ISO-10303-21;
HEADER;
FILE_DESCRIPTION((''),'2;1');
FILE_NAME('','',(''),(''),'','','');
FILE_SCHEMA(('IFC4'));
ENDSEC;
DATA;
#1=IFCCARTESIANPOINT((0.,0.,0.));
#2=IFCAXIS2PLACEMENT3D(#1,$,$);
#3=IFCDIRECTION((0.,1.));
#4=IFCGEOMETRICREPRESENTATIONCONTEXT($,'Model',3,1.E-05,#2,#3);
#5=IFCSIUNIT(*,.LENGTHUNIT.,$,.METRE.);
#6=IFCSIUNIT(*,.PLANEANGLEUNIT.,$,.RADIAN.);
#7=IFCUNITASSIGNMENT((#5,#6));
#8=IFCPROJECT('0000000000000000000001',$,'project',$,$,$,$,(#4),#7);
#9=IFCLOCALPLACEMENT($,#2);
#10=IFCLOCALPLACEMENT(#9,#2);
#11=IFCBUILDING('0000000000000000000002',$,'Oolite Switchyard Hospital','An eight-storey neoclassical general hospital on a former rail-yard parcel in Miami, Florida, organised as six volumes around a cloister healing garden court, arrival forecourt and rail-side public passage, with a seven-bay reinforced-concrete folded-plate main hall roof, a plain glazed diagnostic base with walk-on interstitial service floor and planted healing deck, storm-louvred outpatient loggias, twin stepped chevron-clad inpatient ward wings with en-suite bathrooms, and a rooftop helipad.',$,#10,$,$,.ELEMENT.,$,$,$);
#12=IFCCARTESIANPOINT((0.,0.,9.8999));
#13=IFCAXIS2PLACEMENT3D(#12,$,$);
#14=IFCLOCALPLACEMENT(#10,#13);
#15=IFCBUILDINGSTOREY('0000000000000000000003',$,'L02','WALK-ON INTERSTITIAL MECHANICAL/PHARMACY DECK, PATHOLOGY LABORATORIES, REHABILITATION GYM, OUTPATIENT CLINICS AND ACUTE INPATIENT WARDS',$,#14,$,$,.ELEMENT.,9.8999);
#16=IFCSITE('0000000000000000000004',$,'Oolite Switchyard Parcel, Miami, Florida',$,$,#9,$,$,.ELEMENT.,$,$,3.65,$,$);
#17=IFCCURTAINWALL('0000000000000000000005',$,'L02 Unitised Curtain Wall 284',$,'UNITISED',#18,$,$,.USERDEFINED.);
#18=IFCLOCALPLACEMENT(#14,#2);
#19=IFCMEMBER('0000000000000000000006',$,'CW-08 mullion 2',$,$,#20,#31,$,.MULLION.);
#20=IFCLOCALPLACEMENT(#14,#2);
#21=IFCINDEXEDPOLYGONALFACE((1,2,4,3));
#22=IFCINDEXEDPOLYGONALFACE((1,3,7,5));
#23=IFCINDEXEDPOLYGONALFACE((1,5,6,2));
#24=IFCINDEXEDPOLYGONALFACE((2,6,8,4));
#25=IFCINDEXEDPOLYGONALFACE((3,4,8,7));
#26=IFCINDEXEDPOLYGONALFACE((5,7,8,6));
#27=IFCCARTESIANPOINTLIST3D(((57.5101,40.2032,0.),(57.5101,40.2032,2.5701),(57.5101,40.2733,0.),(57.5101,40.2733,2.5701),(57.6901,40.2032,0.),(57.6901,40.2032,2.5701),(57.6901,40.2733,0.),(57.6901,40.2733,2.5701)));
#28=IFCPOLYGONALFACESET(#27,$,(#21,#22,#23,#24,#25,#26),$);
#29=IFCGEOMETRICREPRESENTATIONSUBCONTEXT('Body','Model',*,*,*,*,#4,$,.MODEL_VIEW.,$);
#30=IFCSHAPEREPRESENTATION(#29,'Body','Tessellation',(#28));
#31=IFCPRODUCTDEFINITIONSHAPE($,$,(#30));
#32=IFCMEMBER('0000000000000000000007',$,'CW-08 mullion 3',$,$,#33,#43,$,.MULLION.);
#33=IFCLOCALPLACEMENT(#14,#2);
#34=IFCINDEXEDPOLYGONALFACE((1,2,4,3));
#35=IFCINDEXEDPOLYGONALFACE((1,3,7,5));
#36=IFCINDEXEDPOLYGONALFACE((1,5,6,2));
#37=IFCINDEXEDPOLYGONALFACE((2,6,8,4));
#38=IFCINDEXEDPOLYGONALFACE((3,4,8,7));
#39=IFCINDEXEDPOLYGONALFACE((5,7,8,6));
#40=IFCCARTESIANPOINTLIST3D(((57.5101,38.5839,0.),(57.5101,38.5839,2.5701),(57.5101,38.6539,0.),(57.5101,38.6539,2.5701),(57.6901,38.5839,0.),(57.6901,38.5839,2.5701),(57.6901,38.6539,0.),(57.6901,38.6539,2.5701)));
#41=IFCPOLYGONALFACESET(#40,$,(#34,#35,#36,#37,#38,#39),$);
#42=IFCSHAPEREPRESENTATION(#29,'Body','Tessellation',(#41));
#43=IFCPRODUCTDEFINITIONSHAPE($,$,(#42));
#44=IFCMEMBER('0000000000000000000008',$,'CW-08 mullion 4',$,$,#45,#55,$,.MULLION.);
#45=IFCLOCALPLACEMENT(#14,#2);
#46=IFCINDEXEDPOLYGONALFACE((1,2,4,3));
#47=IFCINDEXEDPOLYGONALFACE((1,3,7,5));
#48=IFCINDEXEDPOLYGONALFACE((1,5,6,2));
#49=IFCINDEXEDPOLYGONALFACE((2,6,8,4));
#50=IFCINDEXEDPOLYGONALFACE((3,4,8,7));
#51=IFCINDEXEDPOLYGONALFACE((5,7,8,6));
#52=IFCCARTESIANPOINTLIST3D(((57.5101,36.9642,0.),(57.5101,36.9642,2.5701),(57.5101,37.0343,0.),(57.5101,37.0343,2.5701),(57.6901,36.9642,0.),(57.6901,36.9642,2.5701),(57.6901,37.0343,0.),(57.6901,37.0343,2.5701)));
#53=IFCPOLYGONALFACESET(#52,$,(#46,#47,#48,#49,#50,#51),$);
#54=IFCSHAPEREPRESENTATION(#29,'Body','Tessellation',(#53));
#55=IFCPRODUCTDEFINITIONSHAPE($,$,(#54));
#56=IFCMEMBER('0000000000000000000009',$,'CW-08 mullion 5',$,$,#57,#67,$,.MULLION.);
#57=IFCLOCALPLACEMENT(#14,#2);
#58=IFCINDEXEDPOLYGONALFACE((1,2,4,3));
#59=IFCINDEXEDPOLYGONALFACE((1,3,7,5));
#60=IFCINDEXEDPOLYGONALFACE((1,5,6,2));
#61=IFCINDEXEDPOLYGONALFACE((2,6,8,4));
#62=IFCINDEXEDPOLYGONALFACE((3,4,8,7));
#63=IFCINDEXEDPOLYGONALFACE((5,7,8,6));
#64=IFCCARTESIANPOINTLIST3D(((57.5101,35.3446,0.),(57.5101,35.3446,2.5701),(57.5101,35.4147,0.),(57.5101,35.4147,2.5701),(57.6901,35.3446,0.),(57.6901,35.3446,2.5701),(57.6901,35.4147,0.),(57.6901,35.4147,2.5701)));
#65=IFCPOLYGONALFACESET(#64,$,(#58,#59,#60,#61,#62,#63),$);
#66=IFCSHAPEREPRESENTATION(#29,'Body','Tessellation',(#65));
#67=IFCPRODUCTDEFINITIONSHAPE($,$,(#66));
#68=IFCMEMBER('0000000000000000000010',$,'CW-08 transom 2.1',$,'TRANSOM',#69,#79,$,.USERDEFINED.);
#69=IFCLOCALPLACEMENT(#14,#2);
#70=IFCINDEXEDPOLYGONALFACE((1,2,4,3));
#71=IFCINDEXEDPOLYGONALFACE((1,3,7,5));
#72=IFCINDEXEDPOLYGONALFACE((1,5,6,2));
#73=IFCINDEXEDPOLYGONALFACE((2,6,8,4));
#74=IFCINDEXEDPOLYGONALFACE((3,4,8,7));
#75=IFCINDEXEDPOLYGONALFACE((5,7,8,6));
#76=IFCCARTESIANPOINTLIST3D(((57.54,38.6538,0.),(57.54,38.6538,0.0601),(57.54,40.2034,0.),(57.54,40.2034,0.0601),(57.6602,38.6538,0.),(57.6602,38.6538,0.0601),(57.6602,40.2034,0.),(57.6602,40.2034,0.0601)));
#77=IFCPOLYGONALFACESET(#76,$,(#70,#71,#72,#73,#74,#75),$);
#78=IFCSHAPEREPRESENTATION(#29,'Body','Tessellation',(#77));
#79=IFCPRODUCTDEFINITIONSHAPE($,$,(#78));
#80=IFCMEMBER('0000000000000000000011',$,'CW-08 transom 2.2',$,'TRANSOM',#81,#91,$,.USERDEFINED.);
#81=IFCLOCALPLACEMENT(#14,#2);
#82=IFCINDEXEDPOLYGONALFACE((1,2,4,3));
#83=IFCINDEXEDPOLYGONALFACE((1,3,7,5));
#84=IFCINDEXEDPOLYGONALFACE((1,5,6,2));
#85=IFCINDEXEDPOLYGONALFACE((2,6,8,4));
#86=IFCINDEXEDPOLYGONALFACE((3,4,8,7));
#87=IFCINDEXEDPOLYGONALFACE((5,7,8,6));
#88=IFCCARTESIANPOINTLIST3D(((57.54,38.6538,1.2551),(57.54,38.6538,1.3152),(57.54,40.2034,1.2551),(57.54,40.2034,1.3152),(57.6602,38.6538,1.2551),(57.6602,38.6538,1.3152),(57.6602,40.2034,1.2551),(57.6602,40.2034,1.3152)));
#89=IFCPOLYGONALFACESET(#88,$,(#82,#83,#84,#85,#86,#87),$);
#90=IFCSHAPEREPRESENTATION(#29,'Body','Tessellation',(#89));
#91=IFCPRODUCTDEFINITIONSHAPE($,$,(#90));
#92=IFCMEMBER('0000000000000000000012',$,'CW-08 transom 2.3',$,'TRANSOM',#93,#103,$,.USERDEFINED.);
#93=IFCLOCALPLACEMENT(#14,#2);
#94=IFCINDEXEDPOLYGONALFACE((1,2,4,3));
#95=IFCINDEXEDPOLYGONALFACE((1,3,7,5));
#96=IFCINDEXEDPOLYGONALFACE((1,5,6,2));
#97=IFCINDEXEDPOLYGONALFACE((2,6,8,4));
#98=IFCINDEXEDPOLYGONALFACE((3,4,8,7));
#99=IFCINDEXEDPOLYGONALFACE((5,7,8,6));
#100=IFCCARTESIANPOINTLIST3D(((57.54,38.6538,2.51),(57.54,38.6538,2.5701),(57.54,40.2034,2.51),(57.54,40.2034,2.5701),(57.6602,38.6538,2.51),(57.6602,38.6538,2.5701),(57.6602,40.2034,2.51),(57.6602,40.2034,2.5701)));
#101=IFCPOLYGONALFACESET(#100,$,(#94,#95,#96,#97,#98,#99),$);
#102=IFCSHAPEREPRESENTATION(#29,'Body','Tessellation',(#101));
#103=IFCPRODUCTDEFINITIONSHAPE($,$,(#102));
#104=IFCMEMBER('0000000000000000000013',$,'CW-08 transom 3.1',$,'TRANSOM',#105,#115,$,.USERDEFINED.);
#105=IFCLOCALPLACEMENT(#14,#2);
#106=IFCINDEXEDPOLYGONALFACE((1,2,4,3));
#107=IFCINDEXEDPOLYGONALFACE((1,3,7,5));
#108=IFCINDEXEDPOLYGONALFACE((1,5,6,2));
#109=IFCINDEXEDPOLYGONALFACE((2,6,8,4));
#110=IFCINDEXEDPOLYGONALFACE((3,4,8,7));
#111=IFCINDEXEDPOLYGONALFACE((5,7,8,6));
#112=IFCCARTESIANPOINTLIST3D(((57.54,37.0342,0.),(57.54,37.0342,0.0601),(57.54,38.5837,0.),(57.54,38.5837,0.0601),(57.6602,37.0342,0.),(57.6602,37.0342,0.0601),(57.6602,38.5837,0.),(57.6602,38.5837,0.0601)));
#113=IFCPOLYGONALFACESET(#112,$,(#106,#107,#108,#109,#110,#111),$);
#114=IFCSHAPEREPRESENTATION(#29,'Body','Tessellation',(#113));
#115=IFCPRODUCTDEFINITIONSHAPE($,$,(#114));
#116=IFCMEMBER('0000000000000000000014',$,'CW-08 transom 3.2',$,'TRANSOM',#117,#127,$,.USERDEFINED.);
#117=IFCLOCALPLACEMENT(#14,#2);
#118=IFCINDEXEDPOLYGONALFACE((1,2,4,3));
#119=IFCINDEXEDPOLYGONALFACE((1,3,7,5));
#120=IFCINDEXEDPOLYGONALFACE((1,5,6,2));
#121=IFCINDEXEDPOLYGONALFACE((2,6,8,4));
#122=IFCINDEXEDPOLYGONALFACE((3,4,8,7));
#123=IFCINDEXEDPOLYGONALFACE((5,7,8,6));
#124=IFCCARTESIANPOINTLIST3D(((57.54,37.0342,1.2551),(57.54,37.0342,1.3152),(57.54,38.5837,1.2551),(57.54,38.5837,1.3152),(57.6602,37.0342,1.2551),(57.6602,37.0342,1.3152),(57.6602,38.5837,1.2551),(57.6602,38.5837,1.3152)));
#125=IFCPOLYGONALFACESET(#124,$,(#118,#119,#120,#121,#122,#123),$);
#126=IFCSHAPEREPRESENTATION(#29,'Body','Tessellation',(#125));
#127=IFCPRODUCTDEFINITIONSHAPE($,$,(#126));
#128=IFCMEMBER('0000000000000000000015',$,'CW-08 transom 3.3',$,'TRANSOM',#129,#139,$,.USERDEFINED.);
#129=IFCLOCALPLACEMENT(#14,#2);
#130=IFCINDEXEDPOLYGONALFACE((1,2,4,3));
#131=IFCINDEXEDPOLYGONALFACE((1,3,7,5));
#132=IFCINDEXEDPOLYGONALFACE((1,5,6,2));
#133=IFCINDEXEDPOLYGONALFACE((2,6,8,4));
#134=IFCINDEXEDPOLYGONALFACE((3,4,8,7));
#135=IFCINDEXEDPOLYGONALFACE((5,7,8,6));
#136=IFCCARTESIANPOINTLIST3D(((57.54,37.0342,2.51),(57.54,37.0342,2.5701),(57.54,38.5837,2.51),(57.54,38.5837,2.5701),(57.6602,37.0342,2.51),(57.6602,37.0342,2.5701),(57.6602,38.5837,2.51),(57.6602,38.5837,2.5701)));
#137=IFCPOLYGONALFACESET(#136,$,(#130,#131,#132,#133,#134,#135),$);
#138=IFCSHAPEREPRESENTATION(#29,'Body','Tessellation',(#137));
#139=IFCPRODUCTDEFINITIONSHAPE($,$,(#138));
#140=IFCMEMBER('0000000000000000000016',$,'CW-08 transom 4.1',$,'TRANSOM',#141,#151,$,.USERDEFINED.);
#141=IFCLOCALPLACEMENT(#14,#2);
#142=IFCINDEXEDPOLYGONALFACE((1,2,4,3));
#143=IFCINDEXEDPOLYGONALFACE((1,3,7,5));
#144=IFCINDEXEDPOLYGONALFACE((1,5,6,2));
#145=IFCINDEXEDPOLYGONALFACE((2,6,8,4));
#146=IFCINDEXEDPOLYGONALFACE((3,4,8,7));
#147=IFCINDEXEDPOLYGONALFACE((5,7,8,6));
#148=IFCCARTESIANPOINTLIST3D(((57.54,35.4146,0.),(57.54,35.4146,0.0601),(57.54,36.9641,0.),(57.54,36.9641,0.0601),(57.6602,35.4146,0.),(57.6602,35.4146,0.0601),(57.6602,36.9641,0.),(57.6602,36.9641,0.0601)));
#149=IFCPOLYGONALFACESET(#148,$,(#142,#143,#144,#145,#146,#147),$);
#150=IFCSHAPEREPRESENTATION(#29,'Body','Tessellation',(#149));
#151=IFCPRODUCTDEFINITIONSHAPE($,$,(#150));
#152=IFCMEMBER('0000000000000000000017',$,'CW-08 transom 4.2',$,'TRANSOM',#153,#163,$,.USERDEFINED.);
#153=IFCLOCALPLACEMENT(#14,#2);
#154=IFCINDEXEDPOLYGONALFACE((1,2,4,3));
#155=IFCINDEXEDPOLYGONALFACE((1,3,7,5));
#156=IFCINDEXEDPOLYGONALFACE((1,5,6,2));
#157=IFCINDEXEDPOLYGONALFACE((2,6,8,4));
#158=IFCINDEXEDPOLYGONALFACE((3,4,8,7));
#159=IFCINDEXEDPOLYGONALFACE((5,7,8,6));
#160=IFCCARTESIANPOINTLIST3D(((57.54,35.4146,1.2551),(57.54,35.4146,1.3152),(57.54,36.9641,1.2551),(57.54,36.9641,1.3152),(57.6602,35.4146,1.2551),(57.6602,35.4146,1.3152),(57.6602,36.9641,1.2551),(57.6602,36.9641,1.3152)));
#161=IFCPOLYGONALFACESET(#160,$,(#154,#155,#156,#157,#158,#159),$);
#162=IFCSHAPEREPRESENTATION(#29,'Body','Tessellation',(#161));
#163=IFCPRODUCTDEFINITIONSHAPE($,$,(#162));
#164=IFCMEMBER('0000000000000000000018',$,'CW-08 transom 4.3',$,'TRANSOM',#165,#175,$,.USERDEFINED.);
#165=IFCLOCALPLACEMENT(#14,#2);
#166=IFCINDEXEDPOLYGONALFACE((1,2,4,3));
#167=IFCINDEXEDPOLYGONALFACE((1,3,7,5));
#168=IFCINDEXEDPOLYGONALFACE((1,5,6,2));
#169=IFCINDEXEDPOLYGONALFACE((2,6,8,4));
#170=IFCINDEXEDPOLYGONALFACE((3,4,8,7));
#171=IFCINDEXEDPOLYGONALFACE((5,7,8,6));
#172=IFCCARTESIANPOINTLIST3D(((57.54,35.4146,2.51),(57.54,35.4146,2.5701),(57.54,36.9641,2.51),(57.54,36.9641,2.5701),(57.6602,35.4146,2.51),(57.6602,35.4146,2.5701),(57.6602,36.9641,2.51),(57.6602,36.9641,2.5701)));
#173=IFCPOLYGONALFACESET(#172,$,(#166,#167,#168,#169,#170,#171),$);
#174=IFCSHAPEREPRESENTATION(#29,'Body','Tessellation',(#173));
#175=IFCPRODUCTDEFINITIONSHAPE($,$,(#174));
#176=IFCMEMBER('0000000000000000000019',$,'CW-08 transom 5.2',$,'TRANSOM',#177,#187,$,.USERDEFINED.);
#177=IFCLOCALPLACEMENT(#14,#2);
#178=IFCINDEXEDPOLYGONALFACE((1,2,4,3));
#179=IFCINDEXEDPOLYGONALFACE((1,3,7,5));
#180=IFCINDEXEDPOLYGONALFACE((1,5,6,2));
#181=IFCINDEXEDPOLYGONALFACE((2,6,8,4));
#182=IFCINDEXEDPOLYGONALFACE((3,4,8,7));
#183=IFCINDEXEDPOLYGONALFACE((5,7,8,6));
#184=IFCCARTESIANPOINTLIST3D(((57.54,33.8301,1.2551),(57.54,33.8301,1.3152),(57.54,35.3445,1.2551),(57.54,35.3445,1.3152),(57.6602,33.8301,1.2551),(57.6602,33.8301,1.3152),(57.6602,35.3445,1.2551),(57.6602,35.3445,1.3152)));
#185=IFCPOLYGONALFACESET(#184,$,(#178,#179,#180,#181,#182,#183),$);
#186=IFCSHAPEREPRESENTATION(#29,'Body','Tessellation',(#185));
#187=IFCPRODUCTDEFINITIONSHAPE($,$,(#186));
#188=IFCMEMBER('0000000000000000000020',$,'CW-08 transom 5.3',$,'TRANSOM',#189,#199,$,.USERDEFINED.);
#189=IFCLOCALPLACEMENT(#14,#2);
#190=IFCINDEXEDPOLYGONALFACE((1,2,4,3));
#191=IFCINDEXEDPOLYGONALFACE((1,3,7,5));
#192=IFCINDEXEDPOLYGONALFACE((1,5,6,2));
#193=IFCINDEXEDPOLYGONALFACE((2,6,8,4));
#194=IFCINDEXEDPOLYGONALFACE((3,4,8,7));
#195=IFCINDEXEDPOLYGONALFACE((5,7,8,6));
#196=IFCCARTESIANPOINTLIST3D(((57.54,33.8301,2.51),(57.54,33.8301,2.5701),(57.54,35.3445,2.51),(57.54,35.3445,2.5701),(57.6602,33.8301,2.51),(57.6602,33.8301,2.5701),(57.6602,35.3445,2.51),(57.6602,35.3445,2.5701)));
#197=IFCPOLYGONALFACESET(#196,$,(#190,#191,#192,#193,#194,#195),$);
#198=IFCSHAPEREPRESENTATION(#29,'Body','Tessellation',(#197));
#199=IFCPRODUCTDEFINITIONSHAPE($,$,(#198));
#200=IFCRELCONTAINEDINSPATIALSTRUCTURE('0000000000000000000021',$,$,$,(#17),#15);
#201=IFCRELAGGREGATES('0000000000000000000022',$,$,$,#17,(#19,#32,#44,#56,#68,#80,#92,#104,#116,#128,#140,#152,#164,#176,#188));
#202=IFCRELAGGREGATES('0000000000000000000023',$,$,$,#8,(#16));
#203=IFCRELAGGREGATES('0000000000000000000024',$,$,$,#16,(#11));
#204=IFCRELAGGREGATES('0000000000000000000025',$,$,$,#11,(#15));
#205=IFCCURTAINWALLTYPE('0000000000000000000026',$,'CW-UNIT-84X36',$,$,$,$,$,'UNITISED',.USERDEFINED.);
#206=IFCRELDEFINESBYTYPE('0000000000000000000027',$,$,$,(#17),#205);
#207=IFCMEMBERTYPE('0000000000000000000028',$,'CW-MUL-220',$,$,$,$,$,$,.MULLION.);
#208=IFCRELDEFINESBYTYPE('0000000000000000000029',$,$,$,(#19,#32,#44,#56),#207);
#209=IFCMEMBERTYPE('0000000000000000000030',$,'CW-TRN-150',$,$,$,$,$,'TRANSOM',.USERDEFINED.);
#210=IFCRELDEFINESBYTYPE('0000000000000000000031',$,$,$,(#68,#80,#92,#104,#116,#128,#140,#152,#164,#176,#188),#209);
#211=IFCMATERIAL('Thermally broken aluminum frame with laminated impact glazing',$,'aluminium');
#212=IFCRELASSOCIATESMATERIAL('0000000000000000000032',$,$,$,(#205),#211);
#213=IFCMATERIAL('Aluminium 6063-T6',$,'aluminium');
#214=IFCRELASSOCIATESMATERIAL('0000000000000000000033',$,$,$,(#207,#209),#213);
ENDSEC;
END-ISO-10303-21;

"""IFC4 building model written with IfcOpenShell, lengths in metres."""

from ifc_helpers import new_model, si_unit, direction, frame, origin, origin_2d, place, context, subcontext, project, spatial, rectangle, extrude, material, material_profile, profile_set, type_object, element, aggregate, save


model = new_model("IFC4")

# Units and contexts
model_context = context("Model", 3, precision=1e-05, world=origin(), true_north=direction((0.0, 1.0)))
body_context = subcontext(model_context, "Body", "Model", "MODEL_VIEW")
ifc_project = project(units=[si_unit("LENGTHUNIT", "METRE"), si_unit("PLANEANGLEUNIT", "RADIAN")], contexts=[model_context])

# Site, building, storey
site_placement = place(None, origin())
site = spatial("IfcSite", under=ifc_project, at=site_placement, Name="Oolite Switchyard Parcel, Miami, Florida", CompositionType="ELEMENT", RefElevation=3.65)
building_placement = place(site_placement, origin())
building = spatial("IfcBuilding", under=site, at=building_placement, Name="Oolite Switchyard Hospital", Description="An eight-storey neoclassical general hospital on a former rail-yard parcel in Miami, Florida, organised as six volumes around a cloister healing garden court, arrival forecourt and rail-side public passage, with a seven-bay reinforced-concrete folded-plate main hall roof, a plain glazed diagnostic base with walk-on interstitial service floor and planted healing deck, storm-louvred outpatient loggias, twin stepped chevron-clad inpatient ward wings with en-suite bathrooms, and a rooftop helipad.", CompositionType="ELEMENT")
storey_placement = place(building_placement, frame((0.0, 0.0, 9.8999)))
storey = spatial("IfcBuildingStorey", under=building, at=storey_placement, Name="L02", Description="WALK-ON INTERSTITIAL MECHANICAL/PHARMACY DECK, PATHOLOGY LABORATORIES, REHABILITATION GYM, OUTPATIENT CLINICS AND ACUTE INPATIENT WARDS", CompositionType="ELEMENT", Elevation=9.8999)

# Curtain wall, members
ifc_material_1 = material(Name="Thermally broken aluminum frame with laminated impact glazing", Category="aluminium")
curtain_wall_type = type_object("IfcCurtainWallType", Name="CW-UNIT-84X36", ElementType="UNITISED", PredefinedType="USERDEFINED", material=ifc_material_1)
curtain_wall_placement = place(storey_placement, origin())
curtain_wall = element("IfcCurtainWall", 1, at=curtain_wall_placement, inside=storey, type_object=curtain_wall_type, Name="L02 Unitised Curtain Wall 284", ObjectType="UNITISED", PredefinedType="USERDEFINED")
ifc_material_2 = material(Name="Aluminium 6063-T6", Category="aluminium")
ifc_material_profile_1 = material_profile(ifc_material_2, rectangle(XDim=0.1799, YDim=0.0701, at=origin_2d()), Name="CWM70X180")
ifc_profile_set_1 = profile_set([ifc_material_profile_1], Name="Aluminium 6063-T6")
member_type_1 = type_object("IfcMemberType", Name="CW-MUL-220", PredefinedType="MULLION", material=ifc_profile_set_1)
member_1_placement = place(storey_placement, frame((57.6001, 40.2383, 0.0), z_axis=(0.0, 0.0, 1.0), x_axis=(1.0, 0.0, 0.0)))
member_1 = element("IfcMember", 2, at=member_1_placement, type_object=member_type_1, Name="CW-08 mullion 2", PredefinedType="MULLION", context=body_context, shape_type="SweptSolid", body=[
    extrude(rectangle(XDim=0.1799, YDim=0.0701, at=origin_2d()), origin(), (0.0, 0.0, 1.0), 2.5701),
])
member_2_placement = place(storey_placement, frame((57.6001, 38.6189, 0.0), z_axis=(0.0, 0.0, 1.0), x_axis=(1.0, 0.0, 0.0)))
member_2 = element("IfcMember", 3, at=member_2_placement, type_object=member_type_1, Name="CW-08 mullion 3", PredefinedType="MULLION", context=body_context, shape_type="SweptSolid", body=[
    extrude(rectangle(XDim=0.1799, YDim=0.0701, at=origin_2d()), origin(), (0.0, 0.0, 1.0), 2.5701),
])
member_3_placement = place(storey_placement, frame((57.6001, 36.9993, 0.0), z_axis=(0.0, 0.0, 1.0), x_axis=(1.0, 0.0, 0.0)))
member_3 = element("IfcMember", 4, at=member_3_placement, type_object=member_type_1, Name="CW-08 mullion 4", PredefinedType="MULLION", context=body_context, shape_type="SweptSolid", body=[
    extrude(rectangle(XDim=0.1799, YDim=0.0701, at=origin_2d()), origin(), (0.0, 0.0, 1.0), 2.5701),
])
member_4_placement = place(storey_placement, frame((57.6001, 35.3796, 0.0), z_axis=(0.0, 0.0, 1.0), x_axis=(1.0, 0.0, 0.0)))
member_4 = element("IfcMember", 5, at=member_4_placement, type_object=member_type_1, Name="CW-08 mullion 5", PredefinedType="MULLION", context=body_context, shape_type="SweptSolid", body=[
    extrude(rectangle(XDim=0.1799, YDim=0.0701, at=origin_2d()), origin(), (0.0, 0.0, 1.0), 2.5701),
])
ifc_material_profile_2 = material_profile(ifc_material_2, rectangle(XDim=0.1201, YDim=0.0601, at=origin_2d()), Name="CWT60X120")
ifc_profile_set_2 = profile_set([ifc_material_profile_2], Name="Aluminium 6063-T6")
member_type_2 = type_object("IfcMemberType", Name="CW-TRN-150", ElementType="TRANSOM", PredefinedType="USERDEFINED", material=ifc_profile_set_2)
member_5_placement = place(storey_placement, frame((57.6001, 40.2034, 0.03), z_axis=(0.0, -1.0, 0.0), x_axis=(1.0, 0.0, 0.0)))
member_5 = element("IfcMember", 6, at=member_5_placement, type_object=member_type_2, Name="CW-08 transom 2.1", ObjectType="TRANSOM", PredefinedType="USERDEFINED", context=body_context, shape_type="SweptSolid", body=[
    extrude(rectangle(XDim=0.1201, YDim=0.0601, at=origin_2d()), origin(), (0.0, 0.0, 1.0), 1.5496),
])
member_6_placement = place(storey_placement, frame((57.6001, 40.2034, 1.2852), z_axis=(0.0, -1.0, 0.0), x_axis=(1.0, 0.0, 0.0)))
member_6 = element("IfcMember", 7, at=member_6_placement, type_object=member_type_2, Name="CW-08 transom 2.2", ObjectType="TRANSOM", PredefinedType="USERDEFINED", context=body_context, shape_type="SweptSolid", body=[
    extrude(rectangle(XDim=0.1201, YDim=0.0601, at=origin_2d()), origin(), (0.0, 0.0, 1.0), 1.5496),
])
member_7_placement = place(storey_placement, frame((57.6001, 40.2034, 2.54), z_axis=(0.0, -1.0, 0.0), x_axis=(1.0, 0.0, 0.0)))
member_7 = element("IfcMember", 8, at=member_7_placement, type_object=member_type_2, Name="CW-08 transom 2.3", ObjectType="TRANSOM", PredefinedType="USERDEFINED", context=body_context, shape_type="SweptSolid", body=[
    extrude(rectangle(XDim=0.1201, YDim=0.0601, at=origin_2d()), origin(), (0.0, 0.0, 1.0), 1.5496),
])
member_8_placement = place(storey_placement, frame((57.6001, 38.5837, 0.03), z_axis=(0.0, -1.0, 0.0), x_axis=(1.0, 0.0, 0.0)))
member_8 = element("IfcMember", 9, at=member_8_placement, type_object=member_type_2, Name="CW-08 transom 3.1", ObjectType="TRANSOM", PredefinedType="USERDEFINED", context=body_context, shape_type="SweptSolid", body=[
    extrude(rectangle(XDim=0.1201, YDim=0.0601, at=origin_2d()), origin(), (0.0, 0.0, 1.0), 1.5496),
])
member_9_placement = place(storey_placement, frame((57.6001, 38.5837, 1.2852), z_axis=(0.0, -1.0, 0.0), x_axis=(1.0, 0.0, 0.0)))
member_9 = element("IfcMember", 10, at=member_9_placement, type_object=member_type_2, Name="CW-08 transom 3.2", ObjectType="TRANSOM", PredefinedType="USERDEFINED", context=body_context, shape_type="SweptSolid", body=[
    extrude(rectangle(XDim=0.1201, YDim=0.0601, at=origin_2d()), origin(), (0.0, 0.0, 1.0), 1.5496),
])
member_10_placement = place(storey_placement, frame((57.6001, 38.5837, 2.54), z_axis=(0.0, -1.0, 0.0), x_axis=(1.0, 0.0, 0.0)))
member_10 = element("IfcMember", 11, at=member_10_placement, type_object=member_type_2, Name="CW-08 transom 3.3", ObjectType="TRANSOM", PredefinedType="USERDEFINED", context=body_context, shape_type="SweptSolid", body=[
    extrude(rectangle(XDim=0.1201, YDim=0.0601, at=origin_2d()), origin(), (0.0, 0.0, 1.0), 1.5496),
])
member_11_placement = place(storey_placement, frame((57.6001, 36.9641, 0.03), z_axis=(0.0, -1.0, 0.0), x_axis=(1.0, 0.0, 0.0)))
member_11 = element("IfcMember", 12, at=member_11_placement, type_object=member_type_2, Name="CW-08 transom 4.1", ObjectType="TRANSOM", PredefinedType="USERDEFINED", context=body_context, shape_type="SweptSolid", body=[
    extrude(rectangle(XDim=0.1201, YDim=0.0601, at=origin_2d()), origin(), (0.0, 0.0, 1.0), 1.5496),
])
member_12_placement = place(storey_placement, frame((57.6001, 36.9641, 1.2852), z_axis=(0.0, -1.0, 0.0), x_axis=(1.0, 0.0, 0.0)))
member_12 = element("IfcMember", 13, at=member_12_placement, type_object=member_type_2, Name="CW-08 transom 4.2", ObjectType="TRANSOM", PredefinedType="USERDEFINED", context=body_context, shape_type="SweptSolid", body=[
    extrude(rectangle(XDim=0.1201, YDim=0.0601, at=origin_2d()), origin(), (0.0, 0.0, 1.0), 1.5496),
])
member_13_placement = place(storey_placement, frame((57.6001, 36.9641, 2.54), z_axis=(0.0, -1.0, 0.0), x_axis=(1.0, 0.0, 0.0)))
member_13 = element("IfcMember", 14, at=member_13_placement, type_object=member_type_2, Name="CW-08 transom 4.3", ObjectType="TRANSOM", PredefinedType="USERDEFINED", context=body_context, shape_type="SweptSolid", body=[
    extrude(rectangle(XDim=0.1201, YDim=0.0601, at=origin_2d()), origin(), (0.0, 0.0, 1.0), 1.5496),
])
member_14_placement = place(storey_placement, frame((57.6001, 35.3445, 1.2852), z_axis=(0.0, -1.0, 0.0), x_axis=(1.0, 0.0, 0.0)))
member_14 = element("IfcMember", 15, at=member_14_placement, type_object=member_type_2, Name="CW-08 transom 5.2", ObjectType="TRANSOM", PredefinedType="USERDEFINED", context=body_context, shape_type="SweptSolid", body=[
    extrude(rectangle(XDim=0.1201, YDim=0.0601, at=origin_2d()), origin(), (0.0, 0.0, 1.0), 1.5144),
])
member_15_placement = place(storey_placement, frame((57.6001, 35.3445, 2.54), z_axis=(0.0, -1.0, 0.0), x_axis=(1.0, 0.0, 0.0)))
member_15 = element("IfcMember", 16, at=member_15_placement, type_object=member_type_2, Name="CW-08 transom 5.3", ObjectType="TRANSOM", PredefinedType="USERDEFINED", context=body_context, shape_type="SweptSolid", body=[
    extrude(rectangle(XDim=0.1201, YDim=0.0601, at=origin_2d()), origin(), (0.0, 0.0, 1.0), 1.5144),
])
aggregate(curtain_wall, [member_1, member_2, member_3, member_4, member_5, member_6, member_7, member_8, member_9, member_10, member_11, member_12, member_13, member_14, member_15])

save(model, "model.ifc")
